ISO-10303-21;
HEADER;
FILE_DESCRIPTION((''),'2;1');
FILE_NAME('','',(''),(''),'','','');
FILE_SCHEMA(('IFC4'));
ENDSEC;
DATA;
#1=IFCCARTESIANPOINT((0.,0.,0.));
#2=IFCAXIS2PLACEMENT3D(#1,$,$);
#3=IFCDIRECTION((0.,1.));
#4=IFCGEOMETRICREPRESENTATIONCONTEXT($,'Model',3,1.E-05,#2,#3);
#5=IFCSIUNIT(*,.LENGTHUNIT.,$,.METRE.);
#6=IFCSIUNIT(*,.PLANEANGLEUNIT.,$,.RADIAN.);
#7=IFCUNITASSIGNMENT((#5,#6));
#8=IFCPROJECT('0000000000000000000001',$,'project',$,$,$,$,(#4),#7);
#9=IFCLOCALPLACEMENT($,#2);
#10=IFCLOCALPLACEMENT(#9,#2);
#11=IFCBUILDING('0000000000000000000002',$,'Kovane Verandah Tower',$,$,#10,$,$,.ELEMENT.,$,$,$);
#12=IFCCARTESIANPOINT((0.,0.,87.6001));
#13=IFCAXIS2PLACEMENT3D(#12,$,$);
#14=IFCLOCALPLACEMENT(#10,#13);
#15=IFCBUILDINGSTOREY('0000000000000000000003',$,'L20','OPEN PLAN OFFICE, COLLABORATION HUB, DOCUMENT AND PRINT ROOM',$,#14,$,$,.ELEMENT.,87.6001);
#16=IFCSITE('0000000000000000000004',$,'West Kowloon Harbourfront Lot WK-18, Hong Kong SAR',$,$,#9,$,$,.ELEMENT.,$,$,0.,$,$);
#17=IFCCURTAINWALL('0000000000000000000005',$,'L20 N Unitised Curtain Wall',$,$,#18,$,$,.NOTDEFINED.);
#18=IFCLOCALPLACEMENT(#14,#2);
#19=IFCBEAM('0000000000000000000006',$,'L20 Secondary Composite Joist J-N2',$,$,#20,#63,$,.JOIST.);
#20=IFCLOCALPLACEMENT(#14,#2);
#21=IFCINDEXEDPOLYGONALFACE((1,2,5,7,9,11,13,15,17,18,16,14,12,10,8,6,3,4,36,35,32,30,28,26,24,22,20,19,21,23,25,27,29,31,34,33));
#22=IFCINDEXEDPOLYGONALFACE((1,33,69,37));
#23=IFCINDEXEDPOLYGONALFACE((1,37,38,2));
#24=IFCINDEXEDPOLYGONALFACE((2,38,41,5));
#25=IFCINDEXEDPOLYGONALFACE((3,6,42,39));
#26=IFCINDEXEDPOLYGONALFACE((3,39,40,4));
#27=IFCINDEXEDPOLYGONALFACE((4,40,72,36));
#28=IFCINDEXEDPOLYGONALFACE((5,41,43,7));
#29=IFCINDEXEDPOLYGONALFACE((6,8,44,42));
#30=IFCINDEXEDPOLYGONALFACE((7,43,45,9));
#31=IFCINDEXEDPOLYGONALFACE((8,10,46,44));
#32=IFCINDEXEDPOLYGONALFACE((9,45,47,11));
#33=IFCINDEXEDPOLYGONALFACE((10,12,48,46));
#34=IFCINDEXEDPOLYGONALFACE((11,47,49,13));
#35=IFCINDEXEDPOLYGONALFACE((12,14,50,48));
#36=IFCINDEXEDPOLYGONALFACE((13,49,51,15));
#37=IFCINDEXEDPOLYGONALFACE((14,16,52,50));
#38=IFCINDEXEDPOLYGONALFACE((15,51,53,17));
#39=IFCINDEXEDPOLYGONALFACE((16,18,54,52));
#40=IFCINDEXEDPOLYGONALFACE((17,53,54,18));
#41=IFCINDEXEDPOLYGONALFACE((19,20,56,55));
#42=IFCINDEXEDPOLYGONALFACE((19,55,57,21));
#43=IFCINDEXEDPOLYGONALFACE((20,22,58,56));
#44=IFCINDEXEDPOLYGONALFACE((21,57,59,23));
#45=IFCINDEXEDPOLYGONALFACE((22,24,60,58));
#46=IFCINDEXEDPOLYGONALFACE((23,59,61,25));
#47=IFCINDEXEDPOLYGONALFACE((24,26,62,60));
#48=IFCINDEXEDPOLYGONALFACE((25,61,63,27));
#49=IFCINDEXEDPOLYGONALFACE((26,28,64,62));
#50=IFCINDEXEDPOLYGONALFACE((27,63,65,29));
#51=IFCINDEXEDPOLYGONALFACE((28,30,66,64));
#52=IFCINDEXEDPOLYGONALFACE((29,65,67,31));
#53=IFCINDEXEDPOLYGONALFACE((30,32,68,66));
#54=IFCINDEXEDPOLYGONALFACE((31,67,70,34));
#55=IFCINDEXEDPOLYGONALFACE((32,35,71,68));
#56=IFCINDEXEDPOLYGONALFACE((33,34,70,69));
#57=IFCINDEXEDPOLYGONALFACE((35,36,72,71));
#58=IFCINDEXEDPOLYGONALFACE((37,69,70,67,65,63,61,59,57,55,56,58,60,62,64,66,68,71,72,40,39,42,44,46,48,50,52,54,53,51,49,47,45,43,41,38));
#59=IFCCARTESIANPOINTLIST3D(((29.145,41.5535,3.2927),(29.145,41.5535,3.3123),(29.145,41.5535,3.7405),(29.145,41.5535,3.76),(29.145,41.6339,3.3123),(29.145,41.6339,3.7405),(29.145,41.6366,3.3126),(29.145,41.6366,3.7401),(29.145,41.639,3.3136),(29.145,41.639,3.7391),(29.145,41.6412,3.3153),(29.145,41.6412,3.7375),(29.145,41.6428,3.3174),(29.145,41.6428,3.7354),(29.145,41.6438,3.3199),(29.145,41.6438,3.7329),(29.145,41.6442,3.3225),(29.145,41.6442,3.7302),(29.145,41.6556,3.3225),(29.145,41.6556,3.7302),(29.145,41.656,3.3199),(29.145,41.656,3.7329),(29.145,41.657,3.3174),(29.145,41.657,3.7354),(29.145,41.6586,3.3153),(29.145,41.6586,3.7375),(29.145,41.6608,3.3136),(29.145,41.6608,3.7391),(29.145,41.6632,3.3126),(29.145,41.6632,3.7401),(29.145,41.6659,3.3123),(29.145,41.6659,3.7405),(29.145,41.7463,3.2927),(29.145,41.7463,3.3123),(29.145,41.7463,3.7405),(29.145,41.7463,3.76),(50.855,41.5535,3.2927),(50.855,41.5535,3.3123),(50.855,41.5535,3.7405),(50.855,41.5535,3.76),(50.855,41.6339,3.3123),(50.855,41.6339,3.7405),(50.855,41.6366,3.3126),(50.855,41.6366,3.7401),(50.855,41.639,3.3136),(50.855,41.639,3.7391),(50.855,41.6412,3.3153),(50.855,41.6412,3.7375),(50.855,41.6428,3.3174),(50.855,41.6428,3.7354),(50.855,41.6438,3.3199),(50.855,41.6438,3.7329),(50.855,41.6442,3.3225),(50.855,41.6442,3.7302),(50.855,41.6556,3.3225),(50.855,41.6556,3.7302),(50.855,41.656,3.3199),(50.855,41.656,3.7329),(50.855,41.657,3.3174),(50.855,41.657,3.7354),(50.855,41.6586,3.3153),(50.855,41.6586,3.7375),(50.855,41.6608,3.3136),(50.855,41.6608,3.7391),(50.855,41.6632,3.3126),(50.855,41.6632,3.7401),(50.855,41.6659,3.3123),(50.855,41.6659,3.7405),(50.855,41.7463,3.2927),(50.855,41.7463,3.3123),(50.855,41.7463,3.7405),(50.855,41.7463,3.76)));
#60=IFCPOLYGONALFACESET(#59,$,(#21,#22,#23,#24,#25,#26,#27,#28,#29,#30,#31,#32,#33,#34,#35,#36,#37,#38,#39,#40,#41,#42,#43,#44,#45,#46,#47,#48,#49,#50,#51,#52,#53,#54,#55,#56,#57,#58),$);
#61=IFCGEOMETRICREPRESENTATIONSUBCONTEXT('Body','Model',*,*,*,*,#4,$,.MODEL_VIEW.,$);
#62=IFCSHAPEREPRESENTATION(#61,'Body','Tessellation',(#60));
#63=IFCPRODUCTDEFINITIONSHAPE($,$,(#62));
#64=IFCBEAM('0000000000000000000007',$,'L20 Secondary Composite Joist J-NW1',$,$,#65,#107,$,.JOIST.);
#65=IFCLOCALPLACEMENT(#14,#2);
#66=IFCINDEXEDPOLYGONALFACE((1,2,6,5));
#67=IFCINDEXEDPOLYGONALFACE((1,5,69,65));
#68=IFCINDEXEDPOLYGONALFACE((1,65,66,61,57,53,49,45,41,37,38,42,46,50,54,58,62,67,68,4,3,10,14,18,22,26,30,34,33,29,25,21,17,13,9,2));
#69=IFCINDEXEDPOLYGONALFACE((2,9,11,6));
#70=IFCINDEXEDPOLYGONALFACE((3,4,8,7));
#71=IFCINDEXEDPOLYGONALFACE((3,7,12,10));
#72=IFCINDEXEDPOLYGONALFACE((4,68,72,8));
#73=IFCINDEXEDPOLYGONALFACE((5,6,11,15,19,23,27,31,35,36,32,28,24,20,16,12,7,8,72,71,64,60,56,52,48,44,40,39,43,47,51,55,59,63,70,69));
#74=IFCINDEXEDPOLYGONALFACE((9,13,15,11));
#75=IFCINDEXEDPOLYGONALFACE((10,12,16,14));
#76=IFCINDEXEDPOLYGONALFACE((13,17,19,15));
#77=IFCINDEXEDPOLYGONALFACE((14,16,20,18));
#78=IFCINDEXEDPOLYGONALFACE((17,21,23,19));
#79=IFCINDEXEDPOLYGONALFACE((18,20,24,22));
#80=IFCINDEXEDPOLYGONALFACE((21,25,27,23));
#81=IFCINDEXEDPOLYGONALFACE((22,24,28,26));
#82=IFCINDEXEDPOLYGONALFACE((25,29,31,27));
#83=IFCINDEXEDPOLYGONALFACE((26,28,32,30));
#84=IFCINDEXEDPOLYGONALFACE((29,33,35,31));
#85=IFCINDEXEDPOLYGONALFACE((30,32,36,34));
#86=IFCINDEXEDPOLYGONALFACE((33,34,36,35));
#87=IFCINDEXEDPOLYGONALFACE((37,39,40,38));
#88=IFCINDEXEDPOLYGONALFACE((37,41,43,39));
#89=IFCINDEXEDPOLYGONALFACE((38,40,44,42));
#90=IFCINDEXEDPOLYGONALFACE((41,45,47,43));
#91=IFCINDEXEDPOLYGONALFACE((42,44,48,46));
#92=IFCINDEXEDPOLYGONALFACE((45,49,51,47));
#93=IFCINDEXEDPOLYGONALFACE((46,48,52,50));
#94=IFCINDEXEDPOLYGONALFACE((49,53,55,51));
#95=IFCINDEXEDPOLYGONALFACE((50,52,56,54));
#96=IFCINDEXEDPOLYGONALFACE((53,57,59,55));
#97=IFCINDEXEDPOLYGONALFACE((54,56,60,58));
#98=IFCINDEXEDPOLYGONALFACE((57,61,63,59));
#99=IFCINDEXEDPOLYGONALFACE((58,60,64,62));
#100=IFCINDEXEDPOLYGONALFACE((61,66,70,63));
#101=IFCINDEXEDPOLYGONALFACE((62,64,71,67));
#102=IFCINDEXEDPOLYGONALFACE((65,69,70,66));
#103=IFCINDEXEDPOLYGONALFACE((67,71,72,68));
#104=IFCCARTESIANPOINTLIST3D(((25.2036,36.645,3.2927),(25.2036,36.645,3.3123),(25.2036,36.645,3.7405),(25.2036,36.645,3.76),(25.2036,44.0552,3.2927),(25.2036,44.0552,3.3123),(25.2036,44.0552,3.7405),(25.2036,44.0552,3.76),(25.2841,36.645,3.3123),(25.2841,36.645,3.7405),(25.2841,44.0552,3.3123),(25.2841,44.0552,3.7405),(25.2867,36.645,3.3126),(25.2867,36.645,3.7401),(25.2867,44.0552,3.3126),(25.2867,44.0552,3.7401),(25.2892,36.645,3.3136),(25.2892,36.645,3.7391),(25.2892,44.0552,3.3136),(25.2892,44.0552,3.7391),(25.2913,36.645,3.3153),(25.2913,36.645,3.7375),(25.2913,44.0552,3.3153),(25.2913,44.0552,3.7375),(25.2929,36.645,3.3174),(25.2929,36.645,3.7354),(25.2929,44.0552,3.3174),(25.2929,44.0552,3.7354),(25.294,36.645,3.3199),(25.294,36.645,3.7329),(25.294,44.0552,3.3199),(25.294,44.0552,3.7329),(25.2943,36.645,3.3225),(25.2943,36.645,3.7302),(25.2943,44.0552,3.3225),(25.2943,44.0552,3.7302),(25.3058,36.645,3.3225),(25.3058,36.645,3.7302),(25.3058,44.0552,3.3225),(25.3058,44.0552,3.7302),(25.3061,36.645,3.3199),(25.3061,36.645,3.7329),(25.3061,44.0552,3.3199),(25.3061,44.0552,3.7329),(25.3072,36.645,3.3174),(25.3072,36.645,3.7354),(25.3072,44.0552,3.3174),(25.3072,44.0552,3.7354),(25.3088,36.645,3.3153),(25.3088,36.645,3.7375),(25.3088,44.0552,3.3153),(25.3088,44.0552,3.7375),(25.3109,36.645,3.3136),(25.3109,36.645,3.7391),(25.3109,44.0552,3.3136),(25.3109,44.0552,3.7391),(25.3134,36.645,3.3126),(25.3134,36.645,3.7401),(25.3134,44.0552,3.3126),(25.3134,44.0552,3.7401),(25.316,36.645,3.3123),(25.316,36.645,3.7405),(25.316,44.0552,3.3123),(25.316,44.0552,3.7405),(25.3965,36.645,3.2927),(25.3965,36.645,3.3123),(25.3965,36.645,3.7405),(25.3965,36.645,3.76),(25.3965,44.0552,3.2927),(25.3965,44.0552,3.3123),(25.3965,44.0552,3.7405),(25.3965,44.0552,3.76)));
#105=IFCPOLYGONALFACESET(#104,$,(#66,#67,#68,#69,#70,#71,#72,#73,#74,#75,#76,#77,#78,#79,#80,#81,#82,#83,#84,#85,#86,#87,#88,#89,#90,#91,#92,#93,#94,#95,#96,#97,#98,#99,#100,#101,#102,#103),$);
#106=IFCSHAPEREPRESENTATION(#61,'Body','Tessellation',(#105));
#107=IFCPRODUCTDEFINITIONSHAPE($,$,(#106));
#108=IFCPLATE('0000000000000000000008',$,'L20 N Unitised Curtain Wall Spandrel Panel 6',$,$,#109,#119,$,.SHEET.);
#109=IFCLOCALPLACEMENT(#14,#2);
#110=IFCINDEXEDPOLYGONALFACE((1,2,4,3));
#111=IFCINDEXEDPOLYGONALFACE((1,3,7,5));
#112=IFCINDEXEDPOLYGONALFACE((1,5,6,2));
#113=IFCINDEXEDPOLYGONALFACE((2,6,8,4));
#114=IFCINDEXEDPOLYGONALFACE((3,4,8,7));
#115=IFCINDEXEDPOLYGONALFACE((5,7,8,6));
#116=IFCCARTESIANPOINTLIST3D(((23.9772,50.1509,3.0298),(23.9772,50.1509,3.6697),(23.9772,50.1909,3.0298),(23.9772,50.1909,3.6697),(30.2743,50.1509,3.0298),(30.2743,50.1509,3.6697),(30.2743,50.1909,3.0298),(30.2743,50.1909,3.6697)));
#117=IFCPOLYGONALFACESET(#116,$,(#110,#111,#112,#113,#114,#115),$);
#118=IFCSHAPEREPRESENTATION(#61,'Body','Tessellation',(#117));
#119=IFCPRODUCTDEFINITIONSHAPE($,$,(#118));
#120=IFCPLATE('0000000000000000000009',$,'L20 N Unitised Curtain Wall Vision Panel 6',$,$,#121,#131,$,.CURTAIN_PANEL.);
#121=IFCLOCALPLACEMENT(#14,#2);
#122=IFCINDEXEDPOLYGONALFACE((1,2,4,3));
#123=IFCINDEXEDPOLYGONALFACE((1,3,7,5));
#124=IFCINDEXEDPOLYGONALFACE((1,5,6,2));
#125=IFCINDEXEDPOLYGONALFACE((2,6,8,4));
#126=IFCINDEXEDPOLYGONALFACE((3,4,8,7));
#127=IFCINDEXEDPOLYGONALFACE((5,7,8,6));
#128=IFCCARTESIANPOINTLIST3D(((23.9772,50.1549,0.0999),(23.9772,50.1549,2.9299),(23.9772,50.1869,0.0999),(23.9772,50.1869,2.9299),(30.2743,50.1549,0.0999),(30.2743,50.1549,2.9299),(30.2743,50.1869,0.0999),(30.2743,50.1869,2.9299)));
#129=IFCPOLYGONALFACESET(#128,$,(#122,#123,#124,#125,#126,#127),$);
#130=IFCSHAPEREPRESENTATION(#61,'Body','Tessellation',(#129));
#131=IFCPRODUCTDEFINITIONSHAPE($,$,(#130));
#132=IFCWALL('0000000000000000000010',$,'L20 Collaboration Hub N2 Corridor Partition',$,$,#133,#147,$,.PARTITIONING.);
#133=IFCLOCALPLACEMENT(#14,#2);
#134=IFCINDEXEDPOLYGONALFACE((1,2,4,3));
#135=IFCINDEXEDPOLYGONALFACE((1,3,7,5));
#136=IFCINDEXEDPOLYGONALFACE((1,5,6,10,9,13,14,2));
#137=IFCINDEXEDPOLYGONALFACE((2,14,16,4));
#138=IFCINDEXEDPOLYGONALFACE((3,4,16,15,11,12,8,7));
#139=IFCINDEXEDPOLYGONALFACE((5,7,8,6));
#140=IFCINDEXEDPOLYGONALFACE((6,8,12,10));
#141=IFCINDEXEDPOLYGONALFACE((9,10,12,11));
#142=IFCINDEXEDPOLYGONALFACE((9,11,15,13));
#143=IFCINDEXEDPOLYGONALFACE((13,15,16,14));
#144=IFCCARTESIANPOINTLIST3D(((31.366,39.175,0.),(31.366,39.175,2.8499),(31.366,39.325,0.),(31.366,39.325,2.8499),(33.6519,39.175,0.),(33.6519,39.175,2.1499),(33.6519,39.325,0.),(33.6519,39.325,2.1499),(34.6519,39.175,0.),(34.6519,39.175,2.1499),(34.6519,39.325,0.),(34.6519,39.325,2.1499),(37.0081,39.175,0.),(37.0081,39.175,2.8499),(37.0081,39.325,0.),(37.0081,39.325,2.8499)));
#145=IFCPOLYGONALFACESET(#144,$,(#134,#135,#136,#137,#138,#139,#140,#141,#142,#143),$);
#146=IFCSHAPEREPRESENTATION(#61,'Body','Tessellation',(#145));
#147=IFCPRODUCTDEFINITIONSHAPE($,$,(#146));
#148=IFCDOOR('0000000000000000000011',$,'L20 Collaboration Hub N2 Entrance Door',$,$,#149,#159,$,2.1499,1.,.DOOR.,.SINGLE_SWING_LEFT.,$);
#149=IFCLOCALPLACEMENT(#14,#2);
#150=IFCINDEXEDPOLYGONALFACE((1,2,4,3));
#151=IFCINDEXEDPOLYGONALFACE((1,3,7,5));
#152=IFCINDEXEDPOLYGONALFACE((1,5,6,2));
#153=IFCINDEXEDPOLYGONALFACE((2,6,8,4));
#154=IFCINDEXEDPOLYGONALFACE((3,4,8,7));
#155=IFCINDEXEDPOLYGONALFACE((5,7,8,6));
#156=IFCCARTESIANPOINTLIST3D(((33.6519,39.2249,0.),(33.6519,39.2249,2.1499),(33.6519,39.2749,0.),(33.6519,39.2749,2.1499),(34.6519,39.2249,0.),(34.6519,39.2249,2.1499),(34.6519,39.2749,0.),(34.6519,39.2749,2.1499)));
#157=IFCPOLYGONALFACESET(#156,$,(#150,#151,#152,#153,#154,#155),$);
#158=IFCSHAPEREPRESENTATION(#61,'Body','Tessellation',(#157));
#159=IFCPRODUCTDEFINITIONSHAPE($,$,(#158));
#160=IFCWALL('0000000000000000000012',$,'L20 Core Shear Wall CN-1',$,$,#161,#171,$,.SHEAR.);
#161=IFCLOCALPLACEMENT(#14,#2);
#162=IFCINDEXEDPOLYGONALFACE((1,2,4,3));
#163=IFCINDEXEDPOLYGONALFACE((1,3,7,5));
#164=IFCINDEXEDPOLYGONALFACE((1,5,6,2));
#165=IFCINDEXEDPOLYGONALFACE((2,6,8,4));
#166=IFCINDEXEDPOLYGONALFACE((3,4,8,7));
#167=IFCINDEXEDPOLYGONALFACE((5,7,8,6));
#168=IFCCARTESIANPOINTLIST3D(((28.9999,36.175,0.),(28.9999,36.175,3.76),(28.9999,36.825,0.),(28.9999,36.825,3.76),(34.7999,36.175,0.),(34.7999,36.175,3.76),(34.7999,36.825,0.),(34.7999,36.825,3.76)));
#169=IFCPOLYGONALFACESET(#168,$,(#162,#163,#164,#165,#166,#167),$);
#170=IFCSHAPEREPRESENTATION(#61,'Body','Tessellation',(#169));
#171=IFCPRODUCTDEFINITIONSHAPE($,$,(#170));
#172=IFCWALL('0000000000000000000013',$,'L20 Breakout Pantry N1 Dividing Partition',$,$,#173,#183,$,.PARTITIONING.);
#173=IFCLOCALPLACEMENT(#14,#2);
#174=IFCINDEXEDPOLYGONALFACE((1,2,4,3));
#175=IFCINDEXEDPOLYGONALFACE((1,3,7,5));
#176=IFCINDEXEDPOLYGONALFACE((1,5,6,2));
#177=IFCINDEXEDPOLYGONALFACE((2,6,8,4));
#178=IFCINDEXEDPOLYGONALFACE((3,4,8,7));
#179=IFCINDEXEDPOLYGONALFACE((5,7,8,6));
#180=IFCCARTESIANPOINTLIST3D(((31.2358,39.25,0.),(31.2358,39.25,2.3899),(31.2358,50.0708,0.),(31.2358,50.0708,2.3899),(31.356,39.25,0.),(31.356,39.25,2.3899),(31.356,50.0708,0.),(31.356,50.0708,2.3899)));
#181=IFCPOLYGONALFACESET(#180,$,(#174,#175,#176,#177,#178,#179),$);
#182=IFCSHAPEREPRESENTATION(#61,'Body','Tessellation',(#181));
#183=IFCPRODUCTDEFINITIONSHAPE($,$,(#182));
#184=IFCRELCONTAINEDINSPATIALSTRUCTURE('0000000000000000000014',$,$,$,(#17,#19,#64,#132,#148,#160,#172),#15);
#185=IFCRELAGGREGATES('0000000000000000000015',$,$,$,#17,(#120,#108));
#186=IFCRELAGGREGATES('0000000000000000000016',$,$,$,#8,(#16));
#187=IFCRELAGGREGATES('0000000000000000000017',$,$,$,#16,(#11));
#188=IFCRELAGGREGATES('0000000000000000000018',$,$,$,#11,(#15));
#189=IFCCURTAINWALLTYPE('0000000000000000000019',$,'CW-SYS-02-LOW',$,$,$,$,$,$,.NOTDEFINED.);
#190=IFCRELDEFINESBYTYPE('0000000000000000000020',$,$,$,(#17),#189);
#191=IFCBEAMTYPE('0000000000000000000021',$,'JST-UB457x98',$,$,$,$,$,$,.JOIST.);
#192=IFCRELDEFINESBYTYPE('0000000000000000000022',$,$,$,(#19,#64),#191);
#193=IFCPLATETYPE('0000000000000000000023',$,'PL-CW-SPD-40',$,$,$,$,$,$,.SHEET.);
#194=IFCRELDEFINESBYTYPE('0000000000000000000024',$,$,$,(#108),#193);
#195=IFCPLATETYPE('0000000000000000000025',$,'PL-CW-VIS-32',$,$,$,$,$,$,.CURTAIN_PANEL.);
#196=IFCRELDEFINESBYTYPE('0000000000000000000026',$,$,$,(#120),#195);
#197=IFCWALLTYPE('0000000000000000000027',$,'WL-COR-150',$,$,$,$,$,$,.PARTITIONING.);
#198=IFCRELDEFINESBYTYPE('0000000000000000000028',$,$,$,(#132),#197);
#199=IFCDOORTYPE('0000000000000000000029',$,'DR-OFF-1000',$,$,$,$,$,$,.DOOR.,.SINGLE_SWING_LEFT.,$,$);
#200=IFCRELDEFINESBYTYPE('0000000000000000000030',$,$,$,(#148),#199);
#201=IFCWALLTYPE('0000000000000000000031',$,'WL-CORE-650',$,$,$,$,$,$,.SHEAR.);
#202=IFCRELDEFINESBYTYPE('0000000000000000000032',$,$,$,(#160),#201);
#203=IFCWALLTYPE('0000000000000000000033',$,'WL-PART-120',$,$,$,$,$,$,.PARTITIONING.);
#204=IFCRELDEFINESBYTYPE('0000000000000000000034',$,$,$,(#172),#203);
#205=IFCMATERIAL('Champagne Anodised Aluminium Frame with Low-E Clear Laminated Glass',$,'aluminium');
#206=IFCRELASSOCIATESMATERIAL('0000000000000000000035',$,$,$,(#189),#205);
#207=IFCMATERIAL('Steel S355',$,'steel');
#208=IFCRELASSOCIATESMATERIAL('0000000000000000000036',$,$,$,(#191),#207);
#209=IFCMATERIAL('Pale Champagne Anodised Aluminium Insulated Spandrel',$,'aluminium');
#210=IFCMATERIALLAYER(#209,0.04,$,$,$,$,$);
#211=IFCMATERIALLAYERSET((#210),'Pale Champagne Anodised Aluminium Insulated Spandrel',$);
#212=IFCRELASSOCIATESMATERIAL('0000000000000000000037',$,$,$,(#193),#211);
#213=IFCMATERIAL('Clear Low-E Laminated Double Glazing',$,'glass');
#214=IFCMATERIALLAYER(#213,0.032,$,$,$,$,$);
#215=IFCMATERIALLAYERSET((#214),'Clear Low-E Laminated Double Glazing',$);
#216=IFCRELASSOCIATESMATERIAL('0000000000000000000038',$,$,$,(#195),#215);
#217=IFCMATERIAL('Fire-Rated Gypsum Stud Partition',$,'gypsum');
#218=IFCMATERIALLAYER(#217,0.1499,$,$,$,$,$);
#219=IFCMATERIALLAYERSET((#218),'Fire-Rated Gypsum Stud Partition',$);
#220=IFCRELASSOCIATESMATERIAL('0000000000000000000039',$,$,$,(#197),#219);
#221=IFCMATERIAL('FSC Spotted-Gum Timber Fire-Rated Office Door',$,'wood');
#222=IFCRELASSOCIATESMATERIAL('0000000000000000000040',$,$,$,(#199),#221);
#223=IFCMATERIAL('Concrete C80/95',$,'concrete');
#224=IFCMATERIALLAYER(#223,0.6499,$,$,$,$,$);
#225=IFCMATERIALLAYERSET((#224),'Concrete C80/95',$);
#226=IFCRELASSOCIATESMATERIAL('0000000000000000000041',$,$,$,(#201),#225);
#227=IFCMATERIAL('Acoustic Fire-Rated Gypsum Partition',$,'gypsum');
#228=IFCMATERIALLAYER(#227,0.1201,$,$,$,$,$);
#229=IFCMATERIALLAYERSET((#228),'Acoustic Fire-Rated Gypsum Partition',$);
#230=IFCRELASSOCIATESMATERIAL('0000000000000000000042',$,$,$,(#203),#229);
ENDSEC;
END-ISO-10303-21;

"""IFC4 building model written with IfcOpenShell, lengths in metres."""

from ifc_helpers import new_model, si_unit, direction, frame, frame_2d, origin, origin_2d, place, context, subcontext, project, spatial, rectangle, i_section, extrude, material, layer, layer_set, material_profile, profile_set, type_object, element, fill, aggregate, save


model = new_model("IFC4")

# Units and contexts
model_context = context("Model", 3, precision=1e-05, world=origin(), true_north=direction((0.0, 1.0)))
body_context = subcontext(model_context, "Body", "Model", "MODEL_VIEW")
ifc_project = project(units=[si_unit("LENGTHUNIT", "METRE"), si_unit("PLANEANGLEUNIT", "RADIAN")], contexts=[model_context])

# Site, building, storey
site_placement = place(None, origin())
site = spatial("IfcSite", under=ifc_project, at=site_placement, Name="West Kowloon Harbourfront Lot WK-18, Hong Kong SAR", CompositionType="ELEMENT", RefElevation=0.0)
building_placement = place(site_placement, origin())
building = spatial("IfcBuilding", under=site, at=building_placement, Name="Kovane Verandah Tower", CompositionType="ELEMENT")
storey_placement = place(building_placement, frame((0.0, 0.0, 87.6001)))
storey = spatial("IfcBuildingStorey", under=building, at=storey_placement, Name="L20", Description="OPEN PLAN OFFICE, COLLABORATION HUB, DOCUMENT AND PRINT ROOM", CompositionType="ELEMENT", Elevation=87.6001)

# Shared definitions
ifc_material_1 = material(Name="Concrete C80/95", Category="concrete")

# Shared definitions
ifc_material_2 = material(Name="Steel S355", Category="steel")

# Curtain wall
ifc_material_3 = material(Name="Champagne Anodised Aluminium Frame with Low-E Clear Laminated Glass", Category="aluminium")
curtain_wall_type = type_object("IfcCurtainWallType", Name="CW-SYS-02-LOW", PredefinedType="NOTDEFINED", material=ifc_material_3)
curtain_wall_placement = place(storey_placement, origin())
curtain_wall = element("IfcCurtainWall", 1, at=curtain_wall_placement, inside=storey, type_object=curtain_wall_type, Name="L20 N Unitised Curtain Wall", PredefinedType="NOTDEFINED")

# Beams
ifc_material_profile_1 = material_profile(ifc_material_2, i_section(OverallWidth=0.1929, OverallDepth=0.4673, WebThickness=0.0115, FlangeThickness=0.0195, FilletRadius=0.0103, at=origin_2d()), Name="UB457x191x98")
ifc_profile_set_1 = profile_set([ifc_material_profile_1], Name="Steel S355")
beam_type_1 = type_object("IfcBeamType", Name="JST-UB457x98", PredefinedType="JOIST", material=ifc_profile_set_1)
for number, where, z_axis, x_axis, name in (
    (2, (29.145, 41.6499, 3.5264), (1.0, 0.0, 0.0), (0.0, 1.0, 0.0), "L20 Secondary Composite Joist J-N2"),
):
    element("IfcBeam", number, at=place(storey_placement, frame(where, z_axis=z_axis, x_axis=x_axis)), inside=storey, type_object=beam_type_1, Name=name, PredefinedType="JOIST", context=body_context, shape_type="SweptSolid", body=[
        extrude(i_section(OverallWidth=0.1929, OverallDepth=0.4673, WebThickness=0.0115, FlangeThickness=0.0195, FilletRadius=0.0103, at=origin_2d()), origin(), (0.0, 0.0, 1.0), 21.71),
    ])
beam_1_placement = place(storey_placement, frame((25.3, 36.645, 3.5264), z_axis=(0.0, 1.0, 0.0), x_axis=(-1.0, 0.0, 0.0)))
element("IfcBeam", 3, at=beam_1_placement, inside=storey, type_object=beam_type_1, Name="L20 Secondary Composite Joist J-NW1", PredefinedType="JOIST", context=body_context, shape_type="SweptSolid", body=[
    extrude(i_section(OverallWidth=0.1929, OverallDepth=0.4673, WebThickness=0.0115, FlangeThickness=0.0195, FilletRadius=0.0103, at=origin_2d()), origin(), (0.0, 0.0, 1.0), 7.4102),
])

# Plates
ifc_material_4 = material(Name="Pale Champagne Anodised Aluminium Insulated Spandrel", Category="aluminium")
ifc_layer_1 = layer(ifc_material_4, 0.04)
ifc_layer_set_1 = layer_set([ifc_layer_1], Name="Pale Champagne Anodised Aluminium Insulated Spandrel")
plate_type_1 = type_object("IfcPlateType", Name="PL-CW-SPD-40", PredefinedType="SHEET", material=ifc_layer_set_1)
plate_1_placement = place(storey_placement, frame((27.1257, 50.1709, 3.0298), z_axis=(0.0, 0.0, 1.0), x_axis=(-1.0, 0.0, 0.0)))
plate_1 = element("IfcPlate", 4, at=plate_1_placement, type_object=plate_type_1, Name="L20 N Unitised Curtain Wall Spandrel Panel 6", PredefinedType="SHEET", context=body_context, shape_type="SweptSolid", body=[
    extrude(rectangle(XDim=6.2971, YDim=0.04, at=origin_2d()), origin(), (0.0, 0.0, 1.0), 0.6399),
])
ifc_material_5 = material(Name="Clear Low-E Laminated Double Glazing", Category="glass")
ifc_layer_2 = layer(ifc_material_5, 0.032)
ifc_layer_set_2 = layer_set([ifc_layer_2], Name="Clear Low-E Laminated Double Glazing")
plate_type_2 = type_object("IfcPlateType", Name="PL-CW-VIS-32", PredefinedType="CURTAIN_PANEL", material=ifc_layer_set_2)
plate_2_placement = place(storey_placement, frame((27.1257, 50.1709, 0.0999), z_axis=(0.0, 0.0, 1.0), x_axis=(-1.0, 0.0, 0.0)))
plate_2 = element("IfcPlate", 5, at=plate_2_placement, type_object=plate_type_2, Name="L20 N Unitised Curtain Wall Vision Panel 6", PredefinedType="CURTAIN_PANEL", context=body_context, shape_type="SweptSolid", body=[
    extrude(rectangle(XDim=6.2971, YDim=0.032, at=origin_2d()), origin(), (0.0, 0.0, 1.0), 2.8301),
])
aggregate(curtain_wall, [plate_2, plate_1])

# Wall, opening, door
ifc_material_6 = material(Name="Fire-Rated Gypsum Stud Partition", Category="gypsum")
ifc_layer_3 = layer(ifc_material_6, 0.1499)
ifc_layer_set_3 = layer_set([ifc_layer_3], Name="Fire-Rated Gypsum Stud Partition")
wall_type_1 = type_object("IfcWallType", Name="WL-COR-150", PredefinedType="PARTITIONING", material=ifc_layer_set_3)
ifc_material_7 = material(Name="FSC Spotted-Gum Timber Fire-Rated Office Door", Category="wood")
door_type = type_object("IfcDoorType", Name="DR-OFF-1000", OperationType="SINGLE_SWING_LEFT", PredefinedType="DOOR", material=ifc_material_7)
wall_1_placement = place(storey_placement, frame((31.366, 39.25, 0.0), z_axis=(0.0, 0.0, 1.0), x_axis=(1.0, 0.0, 0.0)))
wall_1 = element("IfcWall", 6, at=wall_1_placement, inside=storey, type_object=wall_type_1, Name="L20 Collaboration Hub N2 Corridor Partition", PredefinedType="PARTITIONING", context=body_context, shape_type="SweptSolid", body=[
    extrude(rectangle(XDim=5.6421, YDim=0.1499, at=frame_2d((2.821, 0.0))), origin(), (0.0, 0.0, 1.0), 2.8499),
])
opening_1_placement = place(wall_1_placement, frame((2.2859, 0.0, 0.0)))
opening_1 = element("IfcOpeningElement", 7, at=opening_1_placement, cuts=wall_1, PredefinedType="OPENING", context=body_context, shape_type="SweptSolid", body=[
    extrude(rectangle(XDim=1.0, YDim=2.1499, at=frame_2d((0.5, 1.075))), frame((0.0, 0.075, 0.0), z_axis=(0.0, -1.0, 0.0), x_axis=(1.0, 0.0, 0.0)), (0.0, 0.0, 1.0), 0.1499),
])
door_1_placement = place(opening_1_placement, origin())
door_1 = element("IfcDoor", 8, at=door_1_placement, inside=storey, type_object=door_type, Name="L20 Collaboration Hub N2 Entrance Door", OperationType="SINGLE_SWING_LEFT", OverallHeight=2.1499, OverallWidth=1.0, PredefinedType="DOOR", context=body_context, shape_type="SweptSolid", body=[
    extrude(rectangle(XDim=1.0, YDim=2.1499, at=frame_2d((0.5, 1.075))), frame((0.0, 0.0249, 0.0), z_axis=(0.0, -1.0, 0.0), x_axis=(1.0, 0.0, 0.0)), (0.0, 0.0, 1.0), 0.05),
])
fill(opening_1, door_1)

# Walls
ifc_layer_4 = layer(ifc_material_1, 0.6499)
ifc_layer_set_4 = layer_set([ifc_layer_4], Name="Concrete C80/95")
wall_type_2 = type_object("IfcWallType", Name="WL-CORE-650", PredefinedType="SHEAR", material=ifc_layer_set_4)
wall_2_placement = place(storey_placement, frame((29.0, 36.5, 0.0), z_axis=(0.0, 0.0, 1.0), x_axis=(1.0, 0.0, 0.0)))
element("IfcWall", 9, at=wall_2_placement, inside=storey, type_object=wall_type_2, Name="L20 Core Shear Wall CN-1", PredefinedType="SHEAR", context=body_context, shape_type="SweptSolid", body=[
    extrude(rectangle(XDim=5.8, YDim=0.6499, at=frame_2d((2.8999, 0.0))), origin(), (0.0, 0.0, 1.0), 3.76),
])
ifc_material_8 = material(Name="Acoustic Fire-Rated Gypsum Partition", Category="gypsum")
ifc_layer_5 = layer(ifc_material_8, 0.1201)
ifc_layer_set_5 = layer_set([ifc_layer_5], Name="Acoustic Fire-Rated Gypsum Partition")
wall_type_3 = type_object("IfcWallType", Name="WL-PART-120", PredefinedType="PARTITIONING", material=ifc_layer_set_5)
wall_3_placement = place(storey_placement, frame((31.2959, 39.25, 0.0), z_axis=(0.0, 0.0, 1.0), x_axis=(0.0, 1.0, 0.0)))
element("IfcWall", 10, at=wall_3_placement, inside=storey, type_object=wall_type_3, Name="L20 Breakout Pantry N1 Dividing Partition", PredefinedType="PARTITIONING", context=body_context, shape_type="SweptSolid", body=[
    extrude(rectangle(XDim=10.8208, YDim=0.1201, at=frame_2d((5.4104, 0.0))), origin(), (0.0, 0.0, 1.0), 2.3899),
])

save(model, "model.ifc")
